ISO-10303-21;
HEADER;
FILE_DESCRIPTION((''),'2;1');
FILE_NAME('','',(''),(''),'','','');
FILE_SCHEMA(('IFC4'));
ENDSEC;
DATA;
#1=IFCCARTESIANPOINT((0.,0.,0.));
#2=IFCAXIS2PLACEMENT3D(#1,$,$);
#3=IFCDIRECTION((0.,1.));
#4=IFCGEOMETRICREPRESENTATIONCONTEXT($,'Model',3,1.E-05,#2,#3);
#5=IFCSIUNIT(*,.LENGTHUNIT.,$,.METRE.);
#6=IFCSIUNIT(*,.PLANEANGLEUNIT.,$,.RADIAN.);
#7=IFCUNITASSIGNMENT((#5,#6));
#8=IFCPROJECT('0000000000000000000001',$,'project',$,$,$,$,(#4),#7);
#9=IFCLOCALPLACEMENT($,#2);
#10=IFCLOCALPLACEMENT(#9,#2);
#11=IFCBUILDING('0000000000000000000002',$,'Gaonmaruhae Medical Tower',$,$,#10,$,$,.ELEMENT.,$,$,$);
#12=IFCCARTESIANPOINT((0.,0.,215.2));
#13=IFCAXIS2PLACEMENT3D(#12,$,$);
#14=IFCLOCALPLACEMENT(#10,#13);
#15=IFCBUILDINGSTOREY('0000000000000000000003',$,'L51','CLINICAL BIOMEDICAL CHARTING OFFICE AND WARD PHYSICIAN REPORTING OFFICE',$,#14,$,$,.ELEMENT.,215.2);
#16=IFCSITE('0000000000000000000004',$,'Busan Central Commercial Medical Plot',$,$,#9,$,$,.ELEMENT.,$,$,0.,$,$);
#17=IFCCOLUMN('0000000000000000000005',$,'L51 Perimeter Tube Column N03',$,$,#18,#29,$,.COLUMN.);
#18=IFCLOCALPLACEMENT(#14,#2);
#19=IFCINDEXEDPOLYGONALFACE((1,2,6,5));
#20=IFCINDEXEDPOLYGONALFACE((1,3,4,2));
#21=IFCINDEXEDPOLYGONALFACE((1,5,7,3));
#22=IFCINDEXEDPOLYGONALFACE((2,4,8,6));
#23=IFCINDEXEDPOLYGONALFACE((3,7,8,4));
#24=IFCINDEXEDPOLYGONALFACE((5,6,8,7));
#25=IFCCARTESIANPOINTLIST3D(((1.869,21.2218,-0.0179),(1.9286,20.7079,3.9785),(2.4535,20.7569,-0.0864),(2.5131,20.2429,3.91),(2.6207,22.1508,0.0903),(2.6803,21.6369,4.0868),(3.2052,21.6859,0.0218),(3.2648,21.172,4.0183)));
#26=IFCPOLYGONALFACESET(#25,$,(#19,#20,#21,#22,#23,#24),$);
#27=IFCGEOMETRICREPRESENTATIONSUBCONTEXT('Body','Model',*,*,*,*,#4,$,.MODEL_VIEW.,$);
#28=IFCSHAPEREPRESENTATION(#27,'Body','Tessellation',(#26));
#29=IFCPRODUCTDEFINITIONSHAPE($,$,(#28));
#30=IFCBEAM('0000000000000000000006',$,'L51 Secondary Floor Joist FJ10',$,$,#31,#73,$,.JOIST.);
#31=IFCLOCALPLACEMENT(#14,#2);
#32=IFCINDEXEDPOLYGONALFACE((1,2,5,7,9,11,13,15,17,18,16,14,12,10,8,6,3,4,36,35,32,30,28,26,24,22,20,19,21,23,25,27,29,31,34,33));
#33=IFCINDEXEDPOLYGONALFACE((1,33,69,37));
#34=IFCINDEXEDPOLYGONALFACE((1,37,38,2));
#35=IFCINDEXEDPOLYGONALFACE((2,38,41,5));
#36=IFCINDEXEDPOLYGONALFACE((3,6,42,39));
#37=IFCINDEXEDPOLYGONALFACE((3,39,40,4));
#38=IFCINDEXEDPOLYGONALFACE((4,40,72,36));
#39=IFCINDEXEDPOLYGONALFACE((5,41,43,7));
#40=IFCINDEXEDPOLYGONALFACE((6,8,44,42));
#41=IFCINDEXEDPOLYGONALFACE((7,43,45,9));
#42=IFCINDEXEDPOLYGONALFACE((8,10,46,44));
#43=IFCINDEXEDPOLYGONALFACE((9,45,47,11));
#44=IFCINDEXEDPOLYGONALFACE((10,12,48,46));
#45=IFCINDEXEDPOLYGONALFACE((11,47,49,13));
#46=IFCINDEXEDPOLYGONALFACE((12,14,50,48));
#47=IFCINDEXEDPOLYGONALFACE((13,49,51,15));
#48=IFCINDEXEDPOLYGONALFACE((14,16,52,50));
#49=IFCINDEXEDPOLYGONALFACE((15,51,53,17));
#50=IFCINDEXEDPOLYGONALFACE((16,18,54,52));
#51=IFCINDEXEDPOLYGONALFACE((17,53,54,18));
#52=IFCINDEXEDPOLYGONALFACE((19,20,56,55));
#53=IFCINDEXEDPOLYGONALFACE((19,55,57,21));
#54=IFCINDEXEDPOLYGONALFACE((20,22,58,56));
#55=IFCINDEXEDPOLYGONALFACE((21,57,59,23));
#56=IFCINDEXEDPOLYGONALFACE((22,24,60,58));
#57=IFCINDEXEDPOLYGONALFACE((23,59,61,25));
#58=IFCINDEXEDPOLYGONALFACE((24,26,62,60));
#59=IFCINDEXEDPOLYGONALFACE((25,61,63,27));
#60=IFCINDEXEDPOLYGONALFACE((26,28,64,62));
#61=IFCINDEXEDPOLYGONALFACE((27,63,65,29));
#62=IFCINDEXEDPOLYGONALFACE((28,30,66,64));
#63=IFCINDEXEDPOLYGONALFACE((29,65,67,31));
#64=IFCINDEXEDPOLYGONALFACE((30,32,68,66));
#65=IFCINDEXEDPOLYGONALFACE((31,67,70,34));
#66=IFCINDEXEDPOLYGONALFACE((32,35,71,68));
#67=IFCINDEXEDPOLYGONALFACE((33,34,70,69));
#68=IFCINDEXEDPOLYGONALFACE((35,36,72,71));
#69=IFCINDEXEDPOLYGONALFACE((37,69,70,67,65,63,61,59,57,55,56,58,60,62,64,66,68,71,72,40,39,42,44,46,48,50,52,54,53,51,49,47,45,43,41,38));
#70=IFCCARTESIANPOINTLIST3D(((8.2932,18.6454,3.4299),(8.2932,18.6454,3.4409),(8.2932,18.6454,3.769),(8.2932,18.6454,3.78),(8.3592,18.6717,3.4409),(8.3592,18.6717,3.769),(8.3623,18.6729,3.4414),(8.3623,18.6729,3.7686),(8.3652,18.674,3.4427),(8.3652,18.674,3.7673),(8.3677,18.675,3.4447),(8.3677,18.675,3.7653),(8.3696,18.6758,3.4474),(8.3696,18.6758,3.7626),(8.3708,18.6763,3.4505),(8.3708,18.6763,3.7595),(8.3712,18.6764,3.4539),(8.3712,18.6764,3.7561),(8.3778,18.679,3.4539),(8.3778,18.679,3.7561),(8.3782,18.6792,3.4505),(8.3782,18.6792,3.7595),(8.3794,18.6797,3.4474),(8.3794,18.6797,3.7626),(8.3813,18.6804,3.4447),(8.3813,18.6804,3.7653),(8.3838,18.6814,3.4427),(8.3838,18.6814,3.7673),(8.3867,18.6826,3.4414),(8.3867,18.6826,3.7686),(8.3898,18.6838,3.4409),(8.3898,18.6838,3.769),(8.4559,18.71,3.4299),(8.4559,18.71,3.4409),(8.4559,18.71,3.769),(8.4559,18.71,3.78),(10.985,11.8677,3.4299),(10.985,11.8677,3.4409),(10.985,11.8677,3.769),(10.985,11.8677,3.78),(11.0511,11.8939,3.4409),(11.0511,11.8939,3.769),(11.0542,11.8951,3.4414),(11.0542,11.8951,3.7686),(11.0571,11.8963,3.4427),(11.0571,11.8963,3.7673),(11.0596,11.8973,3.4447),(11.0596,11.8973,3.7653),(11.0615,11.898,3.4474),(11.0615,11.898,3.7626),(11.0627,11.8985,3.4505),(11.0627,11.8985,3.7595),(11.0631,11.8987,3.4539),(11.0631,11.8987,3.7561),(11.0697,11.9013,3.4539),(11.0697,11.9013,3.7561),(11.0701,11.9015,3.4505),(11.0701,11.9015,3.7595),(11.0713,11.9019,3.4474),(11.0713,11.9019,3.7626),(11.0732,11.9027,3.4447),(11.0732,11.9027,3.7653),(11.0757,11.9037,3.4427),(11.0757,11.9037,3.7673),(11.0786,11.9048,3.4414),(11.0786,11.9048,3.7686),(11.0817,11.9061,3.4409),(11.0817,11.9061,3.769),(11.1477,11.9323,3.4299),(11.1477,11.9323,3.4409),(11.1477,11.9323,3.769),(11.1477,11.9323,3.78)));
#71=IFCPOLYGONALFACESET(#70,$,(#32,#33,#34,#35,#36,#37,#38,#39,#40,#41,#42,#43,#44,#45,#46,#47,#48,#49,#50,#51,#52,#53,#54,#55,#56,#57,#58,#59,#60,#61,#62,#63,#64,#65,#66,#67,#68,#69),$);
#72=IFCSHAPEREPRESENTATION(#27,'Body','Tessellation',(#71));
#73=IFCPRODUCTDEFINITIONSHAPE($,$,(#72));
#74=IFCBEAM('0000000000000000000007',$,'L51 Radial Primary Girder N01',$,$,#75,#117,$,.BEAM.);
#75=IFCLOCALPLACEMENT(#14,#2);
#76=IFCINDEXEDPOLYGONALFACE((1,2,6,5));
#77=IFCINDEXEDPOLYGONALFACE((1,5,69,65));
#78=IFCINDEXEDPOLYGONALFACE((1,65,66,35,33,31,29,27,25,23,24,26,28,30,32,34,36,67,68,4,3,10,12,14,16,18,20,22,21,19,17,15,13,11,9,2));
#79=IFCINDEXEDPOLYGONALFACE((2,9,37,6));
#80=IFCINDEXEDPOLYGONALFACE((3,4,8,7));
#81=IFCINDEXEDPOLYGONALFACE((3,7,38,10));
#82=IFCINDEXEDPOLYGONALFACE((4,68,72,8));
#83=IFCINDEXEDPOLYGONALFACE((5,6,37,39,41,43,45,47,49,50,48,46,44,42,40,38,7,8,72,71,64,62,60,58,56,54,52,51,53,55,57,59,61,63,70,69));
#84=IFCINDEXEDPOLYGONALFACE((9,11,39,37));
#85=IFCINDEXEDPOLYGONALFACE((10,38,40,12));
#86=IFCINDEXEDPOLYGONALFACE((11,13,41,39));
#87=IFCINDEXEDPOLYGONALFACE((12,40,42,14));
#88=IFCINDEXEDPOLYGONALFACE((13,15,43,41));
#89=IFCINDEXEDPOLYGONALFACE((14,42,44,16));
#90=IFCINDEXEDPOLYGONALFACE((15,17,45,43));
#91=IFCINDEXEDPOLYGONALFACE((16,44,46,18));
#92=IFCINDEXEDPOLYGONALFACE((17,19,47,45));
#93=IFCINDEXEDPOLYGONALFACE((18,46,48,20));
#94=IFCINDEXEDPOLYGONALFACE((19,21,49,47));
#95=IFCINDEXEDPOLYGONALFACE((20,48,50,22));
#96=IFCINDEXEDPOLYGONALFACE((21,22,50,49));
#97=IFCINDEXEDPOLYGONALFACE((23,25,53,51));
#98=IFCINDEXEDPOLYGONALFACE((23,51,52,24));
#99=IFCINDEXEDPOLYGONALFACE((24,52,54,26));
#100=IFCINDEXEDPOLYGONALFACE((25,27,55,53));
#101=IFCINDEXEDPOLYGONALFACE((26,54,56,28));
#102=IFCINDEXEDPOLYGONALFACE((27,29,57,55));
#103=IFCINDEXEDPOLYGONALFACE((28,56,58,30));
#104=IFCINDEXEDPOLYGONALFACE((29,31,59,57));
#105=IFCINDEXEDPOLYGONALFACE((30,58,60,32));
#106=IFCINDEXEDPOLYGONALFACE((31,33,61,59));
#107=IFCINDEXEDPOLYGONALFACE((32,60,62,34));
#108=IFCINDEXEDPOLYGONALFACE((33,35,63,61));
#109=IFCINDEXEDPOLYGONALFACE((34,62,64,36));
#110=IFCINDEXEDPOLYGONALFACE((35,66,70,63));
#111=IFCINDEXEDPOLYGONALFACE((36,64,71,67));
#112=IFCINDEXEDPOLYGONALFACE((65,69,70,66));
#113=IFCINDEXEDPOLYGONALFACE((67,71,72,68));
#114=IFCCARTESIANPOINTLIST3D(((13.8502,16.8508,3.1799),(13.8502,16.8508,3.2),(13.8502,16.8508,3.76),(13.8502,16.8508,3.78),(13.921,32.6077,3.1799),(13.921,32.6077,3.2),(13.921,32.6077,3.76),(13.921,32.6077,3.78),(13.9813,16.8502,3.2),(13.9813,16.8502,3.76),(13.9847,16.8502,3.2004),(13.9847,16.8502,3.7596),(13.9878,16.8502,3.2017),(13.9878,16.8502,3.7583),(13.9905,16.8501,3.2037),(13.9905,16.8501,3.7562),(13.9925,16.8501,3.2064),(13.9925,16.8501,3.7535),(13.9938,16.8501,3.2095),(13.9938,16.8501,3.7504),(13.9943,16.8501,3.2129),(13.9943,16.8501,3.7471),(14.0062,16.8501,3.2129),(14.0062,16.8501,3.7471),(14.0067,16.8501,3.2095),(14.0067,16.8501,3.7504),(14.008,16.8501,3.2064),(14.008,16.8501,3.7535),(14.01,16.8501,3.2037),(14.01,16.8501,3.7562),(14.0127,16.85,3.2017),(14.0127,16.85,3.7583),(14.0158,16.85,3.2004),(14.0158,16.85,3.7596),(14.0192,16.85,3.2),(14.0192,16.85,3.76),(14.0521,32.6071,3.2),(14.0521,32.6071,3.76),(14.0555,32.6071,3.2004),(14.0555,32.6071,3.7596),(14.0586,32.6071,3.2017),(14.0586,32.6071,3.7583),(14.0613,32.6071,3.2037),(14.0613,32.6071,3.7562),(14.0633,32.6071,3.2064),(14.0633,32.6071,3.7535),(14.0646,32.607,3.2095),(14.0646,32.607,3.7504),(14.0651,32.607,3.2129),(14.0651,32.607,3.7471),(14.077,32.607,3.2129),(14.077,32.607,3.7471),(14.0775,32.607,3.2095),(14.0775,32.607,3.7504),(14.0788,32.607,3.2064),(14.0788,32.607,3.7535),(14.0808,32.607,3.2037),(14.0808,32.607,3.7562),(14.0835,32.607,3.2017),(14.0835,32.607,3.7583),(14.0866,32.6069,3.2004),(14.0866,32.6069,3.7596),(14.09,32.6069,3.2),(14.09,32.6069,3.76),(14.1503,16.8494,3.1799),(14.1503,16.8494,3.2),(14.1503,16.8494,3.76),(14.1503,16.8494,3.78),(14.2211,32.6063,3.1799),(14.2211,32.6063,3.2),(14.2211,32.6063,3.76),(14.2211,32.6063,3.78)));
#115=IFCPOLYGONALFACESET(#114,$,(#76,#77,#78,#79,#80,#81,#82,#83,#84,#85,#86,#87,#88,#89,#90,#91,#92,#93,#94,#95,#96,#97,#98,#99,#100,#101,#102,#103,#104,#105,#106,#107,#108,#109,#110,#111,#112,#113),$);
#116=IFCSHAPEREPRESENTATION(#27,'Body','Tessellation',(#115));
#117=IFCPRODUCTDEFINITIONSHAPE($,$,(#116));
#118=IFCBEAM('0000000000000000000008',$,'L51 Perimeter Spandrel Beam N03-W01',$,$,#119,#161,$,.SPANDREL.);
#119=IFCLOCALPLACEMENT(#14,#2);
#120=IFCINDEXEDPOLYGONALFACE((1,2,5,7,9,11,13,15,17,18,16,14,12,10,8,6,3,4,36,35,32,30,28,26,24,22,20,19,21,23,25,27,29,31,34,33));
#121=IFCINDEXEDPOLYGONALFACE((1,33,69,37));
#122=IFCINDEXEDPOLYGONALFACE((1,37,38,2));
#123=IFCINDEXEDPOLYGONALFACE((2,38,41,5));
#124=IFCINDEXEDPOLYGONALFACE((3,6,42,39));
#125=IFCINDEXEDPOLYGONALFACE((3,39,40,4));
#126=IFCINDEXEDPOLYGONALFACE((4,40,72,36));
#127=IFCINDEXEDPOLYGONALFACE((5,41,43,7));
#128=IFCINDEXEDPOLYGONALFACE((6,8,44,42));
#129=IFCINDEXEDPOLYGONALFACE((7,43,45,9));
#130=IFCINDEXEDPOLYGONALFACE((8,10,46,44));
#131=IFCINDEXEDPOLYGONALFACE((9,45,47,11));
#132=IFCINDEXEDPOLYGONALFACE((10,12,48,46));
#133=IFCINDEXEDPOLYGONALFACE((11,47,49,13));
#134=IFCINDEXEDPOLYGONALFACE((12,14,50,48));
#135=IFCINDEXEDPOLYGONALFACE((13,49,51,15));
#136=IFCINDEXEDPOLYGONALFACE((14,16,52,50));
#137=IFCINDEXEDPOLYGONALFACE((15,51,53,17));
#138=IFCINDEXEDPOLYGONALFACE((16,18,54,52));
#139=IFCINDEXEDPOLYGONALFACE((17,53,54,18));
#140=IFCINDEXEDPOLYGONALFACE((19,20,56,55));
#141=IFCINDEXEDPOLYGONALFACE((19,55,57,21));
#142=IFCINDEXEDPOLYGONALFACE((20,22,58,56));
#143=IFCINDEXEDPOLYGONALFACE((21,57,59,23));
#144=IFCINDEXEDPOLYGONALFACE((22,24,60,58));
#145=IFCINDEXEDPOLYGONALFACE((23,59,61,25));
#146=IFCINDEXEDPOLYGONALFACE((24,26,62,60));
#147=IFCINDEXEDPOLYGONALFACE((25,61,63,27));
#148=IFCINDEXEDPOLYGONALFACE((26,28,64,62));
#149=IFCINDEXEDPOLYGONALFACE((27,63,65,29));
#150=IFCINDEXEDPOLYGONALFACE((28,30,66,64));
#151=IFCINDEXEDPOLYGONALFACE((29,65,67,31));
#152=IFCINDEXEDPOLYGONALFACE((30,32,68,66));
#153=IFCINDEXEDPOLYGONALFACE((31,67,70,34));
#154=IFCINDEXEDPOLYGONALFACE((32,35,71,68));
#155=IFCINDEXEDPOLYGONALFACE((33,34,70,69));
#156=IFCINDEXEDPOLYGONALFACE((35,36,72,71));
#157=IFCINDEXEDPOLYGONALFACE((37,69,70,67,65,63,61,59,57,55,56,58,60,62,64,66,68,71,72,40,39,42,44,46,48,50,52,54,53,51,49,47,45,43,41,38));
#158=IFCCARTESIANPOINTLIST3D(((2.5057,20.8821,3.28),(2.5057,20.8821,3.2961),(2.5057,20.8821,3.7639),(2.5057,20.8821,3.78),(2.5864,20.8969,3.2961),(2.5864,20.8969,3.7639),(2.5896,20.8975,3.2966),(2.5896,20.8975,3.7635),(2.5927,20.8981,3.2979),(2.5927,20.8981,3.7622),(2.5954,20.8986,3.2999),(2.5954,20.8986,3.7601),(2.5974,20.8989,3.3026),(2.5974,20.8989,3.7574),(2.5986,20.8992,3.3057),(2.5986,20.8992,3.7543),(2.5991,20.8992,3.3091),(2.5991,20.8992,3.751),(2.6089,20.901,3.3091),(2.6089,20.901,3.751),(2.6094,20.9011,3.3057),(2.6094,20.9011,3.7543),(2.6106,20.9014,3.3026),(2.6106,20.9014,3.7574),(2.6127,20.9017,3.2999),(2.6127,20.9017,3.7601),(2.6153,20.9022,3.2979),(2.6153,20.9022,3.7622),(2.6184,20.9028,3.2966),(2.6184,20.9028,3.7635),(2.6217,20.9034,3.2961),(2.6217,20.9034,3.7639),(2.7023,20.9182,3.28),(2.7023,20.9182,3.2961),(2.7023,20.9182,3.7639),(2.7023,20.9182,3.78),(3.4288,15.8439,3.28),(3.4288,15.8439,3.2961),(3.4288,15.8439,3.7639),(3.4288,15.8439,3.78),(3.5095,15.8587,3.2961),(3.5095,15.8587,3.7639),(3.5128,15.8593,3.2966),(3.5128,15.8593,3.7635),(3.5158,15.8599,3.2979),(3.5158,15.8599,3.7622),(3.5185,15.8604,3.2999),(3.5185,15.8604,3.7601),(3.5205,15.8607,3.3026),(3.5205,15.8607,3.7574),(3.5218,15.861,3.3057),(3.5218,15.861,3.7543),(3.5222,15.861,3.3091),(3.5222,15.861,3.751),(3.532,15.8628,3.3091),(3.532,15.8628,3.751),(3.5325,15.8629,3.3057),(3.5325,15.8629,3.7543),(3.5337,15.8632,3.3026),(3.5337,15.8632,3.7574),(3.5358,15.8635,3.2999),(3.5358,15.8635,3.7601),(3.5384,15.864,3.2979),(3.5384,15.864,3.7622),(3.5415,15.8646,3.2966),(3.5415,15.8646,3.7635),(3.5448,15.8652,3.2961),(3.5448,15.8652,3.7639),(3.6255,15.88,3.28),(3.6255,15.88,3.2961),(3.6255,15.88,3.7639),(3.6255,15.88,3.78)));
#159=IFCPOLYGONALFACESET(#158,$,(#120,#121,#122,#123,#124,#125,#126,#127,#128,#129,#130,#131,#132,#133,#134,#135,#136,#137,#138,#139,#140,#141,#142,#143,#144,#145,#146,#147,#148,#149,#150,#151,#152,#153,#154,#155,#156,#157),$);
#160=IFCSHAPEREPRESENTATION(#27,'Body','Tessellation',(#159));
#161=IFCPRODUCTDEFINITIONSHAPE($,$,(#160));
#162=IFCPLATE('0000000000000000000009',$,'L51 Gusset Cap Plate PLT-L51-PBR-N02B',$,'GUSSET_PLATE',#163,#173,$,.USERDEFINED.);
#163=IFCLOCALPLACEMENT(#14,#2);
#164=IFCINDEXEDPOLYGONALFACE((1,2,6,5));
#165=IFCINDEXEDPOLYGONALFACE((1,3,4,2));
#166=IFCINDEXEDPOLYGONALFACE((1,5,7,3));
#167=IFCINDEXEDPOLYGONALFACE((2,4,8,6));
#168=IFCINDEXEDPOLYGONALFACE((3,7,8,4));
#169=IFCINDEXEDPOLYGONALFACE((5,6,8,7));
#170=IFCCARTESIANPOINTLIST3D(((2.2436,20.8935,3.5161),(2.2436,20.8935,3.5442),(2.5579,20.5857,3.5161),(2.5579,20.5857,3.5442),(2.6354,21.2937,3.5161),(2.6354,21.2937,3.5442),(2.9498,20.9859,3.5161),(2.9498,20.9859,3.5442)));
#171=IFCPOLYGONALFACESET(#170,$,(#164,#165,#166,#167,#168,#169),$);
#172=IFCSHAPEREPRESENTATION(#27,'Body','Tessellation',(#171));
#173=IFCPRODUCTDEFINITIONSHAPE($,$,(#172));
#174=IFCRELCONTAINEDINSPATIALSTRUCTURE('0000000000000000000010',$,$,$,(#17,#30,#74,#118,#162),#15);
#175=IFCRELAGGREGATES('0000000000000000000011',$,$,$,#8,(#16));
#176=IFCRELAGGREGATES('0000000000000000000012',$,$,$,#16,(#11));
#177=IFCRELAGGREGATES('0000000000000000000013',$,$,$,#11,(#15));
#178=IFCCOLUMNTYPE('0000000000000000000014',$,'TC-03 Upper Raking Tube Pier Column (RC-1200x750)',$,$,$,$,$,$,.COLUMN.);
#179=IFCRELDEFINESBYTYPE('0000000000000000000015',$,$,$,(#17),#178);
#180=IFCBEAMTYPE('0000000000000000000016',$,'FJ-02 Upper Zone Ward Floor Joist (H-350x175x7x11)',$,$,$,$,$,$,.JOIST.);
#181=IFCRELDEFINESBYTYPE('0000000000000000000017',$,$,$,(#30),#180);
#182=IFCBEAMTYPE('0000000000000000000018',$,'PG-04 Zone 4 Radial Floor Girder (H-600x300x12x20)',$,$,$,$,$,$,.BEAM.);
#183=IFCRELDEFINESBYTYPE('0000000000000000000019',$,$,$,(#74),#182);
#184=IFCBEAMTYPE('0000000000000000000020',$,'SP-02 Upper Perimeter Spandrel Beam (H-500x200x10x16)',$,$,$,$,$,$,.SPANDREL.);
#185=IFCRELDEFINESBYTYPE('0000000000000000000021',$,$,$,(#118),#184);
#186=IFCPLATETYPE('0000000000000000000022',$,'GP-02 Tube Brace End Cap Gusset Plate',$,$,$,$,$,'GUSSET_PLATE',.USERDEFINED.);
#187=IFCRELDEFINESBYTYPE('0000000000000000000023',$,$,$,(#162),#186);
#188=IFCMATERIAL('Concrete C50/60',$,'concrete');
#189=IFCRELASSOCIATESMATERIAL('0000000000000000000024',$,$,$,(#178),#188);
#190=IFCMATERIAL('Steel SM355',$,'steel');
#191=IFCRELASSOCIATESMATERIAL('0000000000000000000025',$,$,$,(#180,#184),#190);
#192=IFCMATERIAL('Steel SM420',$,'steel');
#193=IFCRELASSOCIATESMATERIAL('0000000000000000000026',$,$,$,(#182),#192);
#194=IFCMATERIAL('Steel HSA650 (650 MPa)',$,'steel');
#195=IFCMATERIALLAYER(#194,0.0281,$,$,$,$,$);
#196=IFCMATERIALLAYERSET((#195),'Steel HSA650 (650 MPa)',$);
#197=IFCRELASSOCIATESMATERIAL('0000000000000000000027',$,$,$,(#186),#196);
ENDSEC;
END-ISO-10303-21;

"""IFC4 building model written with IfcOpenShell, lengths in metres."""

from ifc_helpers import new_model, si_unit, direction, frame, origin, origin_2d, place, context, subcontext, project, spatial, rectangle, i_section, extrude, material, layer, layer_set, material_profile, profile_set, type_object, element, save


model = new_model("IFC4")

# Units and contexts
model_context = context("Model", 3, precision=1e-05, world=origin(), true_north=direction((0.0, 1.0)))
body_context = subcontext(model_context, "Body", "Model", "MODEL_VIEW")
ifc_project = project(units=[si_unit("LENGTHUNIT", "METRE"), si_unit("PLANEANGLEUNIT", "RADIAN")], contexts=[model_context])

# Site, building, storey
site_placement = place(None, origin())
site = spatial("IfcSite", under=ifc_project, at=site_placement, Name="Busan Central Commercial Medical Plot", CompositionType="ELEMENT", RefElevation=0.0)
building_placement = place(site_placement, origin())
building = spatial("IfcBuilding", under=site, at=building_placement, Name="Gaonmaruhae Medical Tower", CompositionType="ELEMENT")
storey_placement = place(building_placement, frame((0.0, 0.0, 215.2)))
storey = spatial("IfcBuildingStorey", under=building, at=storey_placement, Name="L51", Description="CLINICAL BIOMEDICAL CHARTING OFFICE AND WARD PHYSICIAN REPORTING OFFICE", CompositionType="ELEMENT", Elevation=215.2)

# Column
ifc_material_1 = material(Name="Concrete C50/60", Category="concrete")
ifc_material_profile_1 = material_profile(ifc_material_1, rectangle(XDim=1.2, YDim=0.75, at=origin_2d()), Name="RC-1200x750")
ifc_profile_set_1 = profile_set([ifc_material_profile_1], Name="Concrete C50/60")
column_type = type_object("IfcColumnType", Name="TC-03 Upper Raking Tube Pier Column (RC-1200x750)", PredefinedType="COLUMN", material=ifc_profile_set_1)
column_placement = place(storey_placement, frame((2.5371, 21.4539, 0.002), z_axis=(0.014783, -0.127532, 0.991724), x_axis=(0.626431, 0.774237, 0.090227)))
element("IfcColumn", 1, at=column_placement, inside=storey, type_object=column_type, Name="L51 Perimeter Tube Column N03", PredefinedType="COLUMN", context=body_context, shape_type="SweptSolid", body=[
    extrude(rectangle(XDim=1.2, YDim=0.75, at=origin_2d()), origin(), (0.0, 0.0, 1.0), 4.0298),
])

# Beams
ifc_material_2 = material(Name="Steel SM355", Category="steel")
ifc_material_profile_2 = material_profile(ifc_material_2, i_section(OverallWidth=0.175, OverallDepth=0.3501, WebThickness=0.0071, FlangeThickness=0.011, FilletRadius=0.0129, at=origin_2d()), Name="H-350x175x7x11")
ifc_profile_set_2 = profile_set([ifc_material_profile_2], Name="Steel SM355")
beam_type_1 = type_object("IfcBeamType", Name="FJ-02 Upper Zone Ward Floor Joist (H-350x175x7x11)", PredefinedType="JOIST", material=ifc_profile_set_2)
beam_1_placement = place(storey_placement, frame((8.3745, 18.6777, 3.605), z_axis=(0.369115, -0.929384, 0.0), x_axis=(0.929384, 0.369115, 0.0)))
element("IfcBeam", 2, at=beam_1_placement, inside=storey, type_object=beam_type_1, Name="L51 Secondary Floor Joist FJ10", PredefinedType="JOIST", context=body_context, shape_type="SweptSolid", body=[
    extrude(i_section(OverallWidth=0.175, OverallDepth=0.3501, WebThickness=0.0071, FlangeThickness=0.011, FilletRadius=0.0129, at=origin_2d()), origin(), (0.0, 0.0, 1.0), 7.2927),
])
ifc_material_3 = material(Name="Steel SM420", Category="steel")
ifc_material_profile_3 = material_profile(ifc_material_3, i_section(OverallWidth=0.3, OverallDepth=0.6001, WebThickness=0.012, FlangeThickness=0.02, FilletRadius=0.0129, at=origin_2d()), Name="H-600x300x12x20")
ifc_profile_set_3 = profile_set([ifc_material_profile_3], Name="Steel SM420")
beam_type_2 = type_object("IfcBeamType", Name="PG-04 Zone 4 Radial Floor Girder (H-600x300x12x20)", PredefinedType="BEAM", material=ifc_profile_set_3)
beam_2_placement = place(storey_placement, frame((14.0002, 16.8501, 3.48), z_axis=(0.004493, 0.99999, 0.0), x_axis=(-0.99999, 0.004493, 0.0)))
element("IfcBeam", 3, at=beam_2_placement, inside=storey, type_object=beam_type_2, Name="L51 Radial Primary Girder N01", PredefinedType="BEAM", context=body_context, shape_type="SweptSolid", body=[
    extrude(i_section(OverallWidth=0.3, OverallDepth=0.6001, WebThickness=0.012, FlangeThickness=0.02, FilletRadius=0.0129, at=origin_2d()), origin(), (0.0, 0.0, 1.0), 15.7571),
])
ifc_material_profile_4 = material_profile(ifc_material_2, i_section(OverallWidth=0.2, OverallDepth=0.5, WebThickness=0.01, FlangeThickness=0.0161, FilletRadius=0.0129, at=origin_2d()), Name="H-500x200x10x16")
ifc_profile_set_4 = profile_set([ifc_material_profile_4], Name="Steel SM355")
beam_type_3 = type_object("IfcBeamType", Name="SP-02 Upper Perimeter Spandrel Beam (H-500x200x10x16)", PredefinedType="SPANDREL", material=ifc_profile_set_4)
beam_3_placement = place(storey_placement, frame((2.604, 20.9001, 3.53), z_axis=(0.180223, -0.983626, 0.0), x_axis=(0.983626, 0.180223, 0.0)))
element("IfcBeam", 4, at=beam_3_placement, inside=storey, type_object=beam_type_3, Name="L51 Perimeter Spandrel Beam N03-W01", PredefinedType="SPANDREL", context=body_context, shape_type="SweptSolid", body=[
    extrude(i_section(OverallWidth=0.2, OverallDepth=0.5, WebThickness=0.01, FlangeThickness=0.0161, FilletRadius=0.0129, at=origin_2d()), origin(), (0.0, 0.0, 1.0), 5.1221),
])

# Plate
ifc_material_4 = material(Name="Steel HSA650 (650 MPa)", Category="steel")
ifc_layer_1 = layer(ifc_material_4, 0.0281)
ifc_layer_set_1 = layer_set([ifc_layer_1], Name="Steel HSA650 (650 MPa)")
plate_type_1 = type_object("IfcPlateType", Name="GP-02 Tube Brace End Cap Gusset Plate", ElementType="GUSSET_PLATE", PredefinedType="USERDEFINED", material=ifc_layer_set_1)
plate_placement = place(storey_placement, frame((2.5967, 20.9397, 3.5161), z_axis=(0.0, 0.0, 1.0), x_axis=(0.699663, 0.714473, 0.0)))
element("IfcPlate", 5, at=plate_placement, inside=storey, type_object=plate_type_1, Name="L51 Gusset Cap Plate PLT-L51-PBR-N02B", ObjectType="GUSSET_PLATE", PredefinedType="USERDEFINED", context=body_context, shape_type="SweptSolid", body=[
    extrude(rectangle(XDim=0.5601, YDim=0.4399, at=origin_2d()), origin(), (0.0, 0.0, 1.0), 0.0281),
])

save(model, "model.ifc")
